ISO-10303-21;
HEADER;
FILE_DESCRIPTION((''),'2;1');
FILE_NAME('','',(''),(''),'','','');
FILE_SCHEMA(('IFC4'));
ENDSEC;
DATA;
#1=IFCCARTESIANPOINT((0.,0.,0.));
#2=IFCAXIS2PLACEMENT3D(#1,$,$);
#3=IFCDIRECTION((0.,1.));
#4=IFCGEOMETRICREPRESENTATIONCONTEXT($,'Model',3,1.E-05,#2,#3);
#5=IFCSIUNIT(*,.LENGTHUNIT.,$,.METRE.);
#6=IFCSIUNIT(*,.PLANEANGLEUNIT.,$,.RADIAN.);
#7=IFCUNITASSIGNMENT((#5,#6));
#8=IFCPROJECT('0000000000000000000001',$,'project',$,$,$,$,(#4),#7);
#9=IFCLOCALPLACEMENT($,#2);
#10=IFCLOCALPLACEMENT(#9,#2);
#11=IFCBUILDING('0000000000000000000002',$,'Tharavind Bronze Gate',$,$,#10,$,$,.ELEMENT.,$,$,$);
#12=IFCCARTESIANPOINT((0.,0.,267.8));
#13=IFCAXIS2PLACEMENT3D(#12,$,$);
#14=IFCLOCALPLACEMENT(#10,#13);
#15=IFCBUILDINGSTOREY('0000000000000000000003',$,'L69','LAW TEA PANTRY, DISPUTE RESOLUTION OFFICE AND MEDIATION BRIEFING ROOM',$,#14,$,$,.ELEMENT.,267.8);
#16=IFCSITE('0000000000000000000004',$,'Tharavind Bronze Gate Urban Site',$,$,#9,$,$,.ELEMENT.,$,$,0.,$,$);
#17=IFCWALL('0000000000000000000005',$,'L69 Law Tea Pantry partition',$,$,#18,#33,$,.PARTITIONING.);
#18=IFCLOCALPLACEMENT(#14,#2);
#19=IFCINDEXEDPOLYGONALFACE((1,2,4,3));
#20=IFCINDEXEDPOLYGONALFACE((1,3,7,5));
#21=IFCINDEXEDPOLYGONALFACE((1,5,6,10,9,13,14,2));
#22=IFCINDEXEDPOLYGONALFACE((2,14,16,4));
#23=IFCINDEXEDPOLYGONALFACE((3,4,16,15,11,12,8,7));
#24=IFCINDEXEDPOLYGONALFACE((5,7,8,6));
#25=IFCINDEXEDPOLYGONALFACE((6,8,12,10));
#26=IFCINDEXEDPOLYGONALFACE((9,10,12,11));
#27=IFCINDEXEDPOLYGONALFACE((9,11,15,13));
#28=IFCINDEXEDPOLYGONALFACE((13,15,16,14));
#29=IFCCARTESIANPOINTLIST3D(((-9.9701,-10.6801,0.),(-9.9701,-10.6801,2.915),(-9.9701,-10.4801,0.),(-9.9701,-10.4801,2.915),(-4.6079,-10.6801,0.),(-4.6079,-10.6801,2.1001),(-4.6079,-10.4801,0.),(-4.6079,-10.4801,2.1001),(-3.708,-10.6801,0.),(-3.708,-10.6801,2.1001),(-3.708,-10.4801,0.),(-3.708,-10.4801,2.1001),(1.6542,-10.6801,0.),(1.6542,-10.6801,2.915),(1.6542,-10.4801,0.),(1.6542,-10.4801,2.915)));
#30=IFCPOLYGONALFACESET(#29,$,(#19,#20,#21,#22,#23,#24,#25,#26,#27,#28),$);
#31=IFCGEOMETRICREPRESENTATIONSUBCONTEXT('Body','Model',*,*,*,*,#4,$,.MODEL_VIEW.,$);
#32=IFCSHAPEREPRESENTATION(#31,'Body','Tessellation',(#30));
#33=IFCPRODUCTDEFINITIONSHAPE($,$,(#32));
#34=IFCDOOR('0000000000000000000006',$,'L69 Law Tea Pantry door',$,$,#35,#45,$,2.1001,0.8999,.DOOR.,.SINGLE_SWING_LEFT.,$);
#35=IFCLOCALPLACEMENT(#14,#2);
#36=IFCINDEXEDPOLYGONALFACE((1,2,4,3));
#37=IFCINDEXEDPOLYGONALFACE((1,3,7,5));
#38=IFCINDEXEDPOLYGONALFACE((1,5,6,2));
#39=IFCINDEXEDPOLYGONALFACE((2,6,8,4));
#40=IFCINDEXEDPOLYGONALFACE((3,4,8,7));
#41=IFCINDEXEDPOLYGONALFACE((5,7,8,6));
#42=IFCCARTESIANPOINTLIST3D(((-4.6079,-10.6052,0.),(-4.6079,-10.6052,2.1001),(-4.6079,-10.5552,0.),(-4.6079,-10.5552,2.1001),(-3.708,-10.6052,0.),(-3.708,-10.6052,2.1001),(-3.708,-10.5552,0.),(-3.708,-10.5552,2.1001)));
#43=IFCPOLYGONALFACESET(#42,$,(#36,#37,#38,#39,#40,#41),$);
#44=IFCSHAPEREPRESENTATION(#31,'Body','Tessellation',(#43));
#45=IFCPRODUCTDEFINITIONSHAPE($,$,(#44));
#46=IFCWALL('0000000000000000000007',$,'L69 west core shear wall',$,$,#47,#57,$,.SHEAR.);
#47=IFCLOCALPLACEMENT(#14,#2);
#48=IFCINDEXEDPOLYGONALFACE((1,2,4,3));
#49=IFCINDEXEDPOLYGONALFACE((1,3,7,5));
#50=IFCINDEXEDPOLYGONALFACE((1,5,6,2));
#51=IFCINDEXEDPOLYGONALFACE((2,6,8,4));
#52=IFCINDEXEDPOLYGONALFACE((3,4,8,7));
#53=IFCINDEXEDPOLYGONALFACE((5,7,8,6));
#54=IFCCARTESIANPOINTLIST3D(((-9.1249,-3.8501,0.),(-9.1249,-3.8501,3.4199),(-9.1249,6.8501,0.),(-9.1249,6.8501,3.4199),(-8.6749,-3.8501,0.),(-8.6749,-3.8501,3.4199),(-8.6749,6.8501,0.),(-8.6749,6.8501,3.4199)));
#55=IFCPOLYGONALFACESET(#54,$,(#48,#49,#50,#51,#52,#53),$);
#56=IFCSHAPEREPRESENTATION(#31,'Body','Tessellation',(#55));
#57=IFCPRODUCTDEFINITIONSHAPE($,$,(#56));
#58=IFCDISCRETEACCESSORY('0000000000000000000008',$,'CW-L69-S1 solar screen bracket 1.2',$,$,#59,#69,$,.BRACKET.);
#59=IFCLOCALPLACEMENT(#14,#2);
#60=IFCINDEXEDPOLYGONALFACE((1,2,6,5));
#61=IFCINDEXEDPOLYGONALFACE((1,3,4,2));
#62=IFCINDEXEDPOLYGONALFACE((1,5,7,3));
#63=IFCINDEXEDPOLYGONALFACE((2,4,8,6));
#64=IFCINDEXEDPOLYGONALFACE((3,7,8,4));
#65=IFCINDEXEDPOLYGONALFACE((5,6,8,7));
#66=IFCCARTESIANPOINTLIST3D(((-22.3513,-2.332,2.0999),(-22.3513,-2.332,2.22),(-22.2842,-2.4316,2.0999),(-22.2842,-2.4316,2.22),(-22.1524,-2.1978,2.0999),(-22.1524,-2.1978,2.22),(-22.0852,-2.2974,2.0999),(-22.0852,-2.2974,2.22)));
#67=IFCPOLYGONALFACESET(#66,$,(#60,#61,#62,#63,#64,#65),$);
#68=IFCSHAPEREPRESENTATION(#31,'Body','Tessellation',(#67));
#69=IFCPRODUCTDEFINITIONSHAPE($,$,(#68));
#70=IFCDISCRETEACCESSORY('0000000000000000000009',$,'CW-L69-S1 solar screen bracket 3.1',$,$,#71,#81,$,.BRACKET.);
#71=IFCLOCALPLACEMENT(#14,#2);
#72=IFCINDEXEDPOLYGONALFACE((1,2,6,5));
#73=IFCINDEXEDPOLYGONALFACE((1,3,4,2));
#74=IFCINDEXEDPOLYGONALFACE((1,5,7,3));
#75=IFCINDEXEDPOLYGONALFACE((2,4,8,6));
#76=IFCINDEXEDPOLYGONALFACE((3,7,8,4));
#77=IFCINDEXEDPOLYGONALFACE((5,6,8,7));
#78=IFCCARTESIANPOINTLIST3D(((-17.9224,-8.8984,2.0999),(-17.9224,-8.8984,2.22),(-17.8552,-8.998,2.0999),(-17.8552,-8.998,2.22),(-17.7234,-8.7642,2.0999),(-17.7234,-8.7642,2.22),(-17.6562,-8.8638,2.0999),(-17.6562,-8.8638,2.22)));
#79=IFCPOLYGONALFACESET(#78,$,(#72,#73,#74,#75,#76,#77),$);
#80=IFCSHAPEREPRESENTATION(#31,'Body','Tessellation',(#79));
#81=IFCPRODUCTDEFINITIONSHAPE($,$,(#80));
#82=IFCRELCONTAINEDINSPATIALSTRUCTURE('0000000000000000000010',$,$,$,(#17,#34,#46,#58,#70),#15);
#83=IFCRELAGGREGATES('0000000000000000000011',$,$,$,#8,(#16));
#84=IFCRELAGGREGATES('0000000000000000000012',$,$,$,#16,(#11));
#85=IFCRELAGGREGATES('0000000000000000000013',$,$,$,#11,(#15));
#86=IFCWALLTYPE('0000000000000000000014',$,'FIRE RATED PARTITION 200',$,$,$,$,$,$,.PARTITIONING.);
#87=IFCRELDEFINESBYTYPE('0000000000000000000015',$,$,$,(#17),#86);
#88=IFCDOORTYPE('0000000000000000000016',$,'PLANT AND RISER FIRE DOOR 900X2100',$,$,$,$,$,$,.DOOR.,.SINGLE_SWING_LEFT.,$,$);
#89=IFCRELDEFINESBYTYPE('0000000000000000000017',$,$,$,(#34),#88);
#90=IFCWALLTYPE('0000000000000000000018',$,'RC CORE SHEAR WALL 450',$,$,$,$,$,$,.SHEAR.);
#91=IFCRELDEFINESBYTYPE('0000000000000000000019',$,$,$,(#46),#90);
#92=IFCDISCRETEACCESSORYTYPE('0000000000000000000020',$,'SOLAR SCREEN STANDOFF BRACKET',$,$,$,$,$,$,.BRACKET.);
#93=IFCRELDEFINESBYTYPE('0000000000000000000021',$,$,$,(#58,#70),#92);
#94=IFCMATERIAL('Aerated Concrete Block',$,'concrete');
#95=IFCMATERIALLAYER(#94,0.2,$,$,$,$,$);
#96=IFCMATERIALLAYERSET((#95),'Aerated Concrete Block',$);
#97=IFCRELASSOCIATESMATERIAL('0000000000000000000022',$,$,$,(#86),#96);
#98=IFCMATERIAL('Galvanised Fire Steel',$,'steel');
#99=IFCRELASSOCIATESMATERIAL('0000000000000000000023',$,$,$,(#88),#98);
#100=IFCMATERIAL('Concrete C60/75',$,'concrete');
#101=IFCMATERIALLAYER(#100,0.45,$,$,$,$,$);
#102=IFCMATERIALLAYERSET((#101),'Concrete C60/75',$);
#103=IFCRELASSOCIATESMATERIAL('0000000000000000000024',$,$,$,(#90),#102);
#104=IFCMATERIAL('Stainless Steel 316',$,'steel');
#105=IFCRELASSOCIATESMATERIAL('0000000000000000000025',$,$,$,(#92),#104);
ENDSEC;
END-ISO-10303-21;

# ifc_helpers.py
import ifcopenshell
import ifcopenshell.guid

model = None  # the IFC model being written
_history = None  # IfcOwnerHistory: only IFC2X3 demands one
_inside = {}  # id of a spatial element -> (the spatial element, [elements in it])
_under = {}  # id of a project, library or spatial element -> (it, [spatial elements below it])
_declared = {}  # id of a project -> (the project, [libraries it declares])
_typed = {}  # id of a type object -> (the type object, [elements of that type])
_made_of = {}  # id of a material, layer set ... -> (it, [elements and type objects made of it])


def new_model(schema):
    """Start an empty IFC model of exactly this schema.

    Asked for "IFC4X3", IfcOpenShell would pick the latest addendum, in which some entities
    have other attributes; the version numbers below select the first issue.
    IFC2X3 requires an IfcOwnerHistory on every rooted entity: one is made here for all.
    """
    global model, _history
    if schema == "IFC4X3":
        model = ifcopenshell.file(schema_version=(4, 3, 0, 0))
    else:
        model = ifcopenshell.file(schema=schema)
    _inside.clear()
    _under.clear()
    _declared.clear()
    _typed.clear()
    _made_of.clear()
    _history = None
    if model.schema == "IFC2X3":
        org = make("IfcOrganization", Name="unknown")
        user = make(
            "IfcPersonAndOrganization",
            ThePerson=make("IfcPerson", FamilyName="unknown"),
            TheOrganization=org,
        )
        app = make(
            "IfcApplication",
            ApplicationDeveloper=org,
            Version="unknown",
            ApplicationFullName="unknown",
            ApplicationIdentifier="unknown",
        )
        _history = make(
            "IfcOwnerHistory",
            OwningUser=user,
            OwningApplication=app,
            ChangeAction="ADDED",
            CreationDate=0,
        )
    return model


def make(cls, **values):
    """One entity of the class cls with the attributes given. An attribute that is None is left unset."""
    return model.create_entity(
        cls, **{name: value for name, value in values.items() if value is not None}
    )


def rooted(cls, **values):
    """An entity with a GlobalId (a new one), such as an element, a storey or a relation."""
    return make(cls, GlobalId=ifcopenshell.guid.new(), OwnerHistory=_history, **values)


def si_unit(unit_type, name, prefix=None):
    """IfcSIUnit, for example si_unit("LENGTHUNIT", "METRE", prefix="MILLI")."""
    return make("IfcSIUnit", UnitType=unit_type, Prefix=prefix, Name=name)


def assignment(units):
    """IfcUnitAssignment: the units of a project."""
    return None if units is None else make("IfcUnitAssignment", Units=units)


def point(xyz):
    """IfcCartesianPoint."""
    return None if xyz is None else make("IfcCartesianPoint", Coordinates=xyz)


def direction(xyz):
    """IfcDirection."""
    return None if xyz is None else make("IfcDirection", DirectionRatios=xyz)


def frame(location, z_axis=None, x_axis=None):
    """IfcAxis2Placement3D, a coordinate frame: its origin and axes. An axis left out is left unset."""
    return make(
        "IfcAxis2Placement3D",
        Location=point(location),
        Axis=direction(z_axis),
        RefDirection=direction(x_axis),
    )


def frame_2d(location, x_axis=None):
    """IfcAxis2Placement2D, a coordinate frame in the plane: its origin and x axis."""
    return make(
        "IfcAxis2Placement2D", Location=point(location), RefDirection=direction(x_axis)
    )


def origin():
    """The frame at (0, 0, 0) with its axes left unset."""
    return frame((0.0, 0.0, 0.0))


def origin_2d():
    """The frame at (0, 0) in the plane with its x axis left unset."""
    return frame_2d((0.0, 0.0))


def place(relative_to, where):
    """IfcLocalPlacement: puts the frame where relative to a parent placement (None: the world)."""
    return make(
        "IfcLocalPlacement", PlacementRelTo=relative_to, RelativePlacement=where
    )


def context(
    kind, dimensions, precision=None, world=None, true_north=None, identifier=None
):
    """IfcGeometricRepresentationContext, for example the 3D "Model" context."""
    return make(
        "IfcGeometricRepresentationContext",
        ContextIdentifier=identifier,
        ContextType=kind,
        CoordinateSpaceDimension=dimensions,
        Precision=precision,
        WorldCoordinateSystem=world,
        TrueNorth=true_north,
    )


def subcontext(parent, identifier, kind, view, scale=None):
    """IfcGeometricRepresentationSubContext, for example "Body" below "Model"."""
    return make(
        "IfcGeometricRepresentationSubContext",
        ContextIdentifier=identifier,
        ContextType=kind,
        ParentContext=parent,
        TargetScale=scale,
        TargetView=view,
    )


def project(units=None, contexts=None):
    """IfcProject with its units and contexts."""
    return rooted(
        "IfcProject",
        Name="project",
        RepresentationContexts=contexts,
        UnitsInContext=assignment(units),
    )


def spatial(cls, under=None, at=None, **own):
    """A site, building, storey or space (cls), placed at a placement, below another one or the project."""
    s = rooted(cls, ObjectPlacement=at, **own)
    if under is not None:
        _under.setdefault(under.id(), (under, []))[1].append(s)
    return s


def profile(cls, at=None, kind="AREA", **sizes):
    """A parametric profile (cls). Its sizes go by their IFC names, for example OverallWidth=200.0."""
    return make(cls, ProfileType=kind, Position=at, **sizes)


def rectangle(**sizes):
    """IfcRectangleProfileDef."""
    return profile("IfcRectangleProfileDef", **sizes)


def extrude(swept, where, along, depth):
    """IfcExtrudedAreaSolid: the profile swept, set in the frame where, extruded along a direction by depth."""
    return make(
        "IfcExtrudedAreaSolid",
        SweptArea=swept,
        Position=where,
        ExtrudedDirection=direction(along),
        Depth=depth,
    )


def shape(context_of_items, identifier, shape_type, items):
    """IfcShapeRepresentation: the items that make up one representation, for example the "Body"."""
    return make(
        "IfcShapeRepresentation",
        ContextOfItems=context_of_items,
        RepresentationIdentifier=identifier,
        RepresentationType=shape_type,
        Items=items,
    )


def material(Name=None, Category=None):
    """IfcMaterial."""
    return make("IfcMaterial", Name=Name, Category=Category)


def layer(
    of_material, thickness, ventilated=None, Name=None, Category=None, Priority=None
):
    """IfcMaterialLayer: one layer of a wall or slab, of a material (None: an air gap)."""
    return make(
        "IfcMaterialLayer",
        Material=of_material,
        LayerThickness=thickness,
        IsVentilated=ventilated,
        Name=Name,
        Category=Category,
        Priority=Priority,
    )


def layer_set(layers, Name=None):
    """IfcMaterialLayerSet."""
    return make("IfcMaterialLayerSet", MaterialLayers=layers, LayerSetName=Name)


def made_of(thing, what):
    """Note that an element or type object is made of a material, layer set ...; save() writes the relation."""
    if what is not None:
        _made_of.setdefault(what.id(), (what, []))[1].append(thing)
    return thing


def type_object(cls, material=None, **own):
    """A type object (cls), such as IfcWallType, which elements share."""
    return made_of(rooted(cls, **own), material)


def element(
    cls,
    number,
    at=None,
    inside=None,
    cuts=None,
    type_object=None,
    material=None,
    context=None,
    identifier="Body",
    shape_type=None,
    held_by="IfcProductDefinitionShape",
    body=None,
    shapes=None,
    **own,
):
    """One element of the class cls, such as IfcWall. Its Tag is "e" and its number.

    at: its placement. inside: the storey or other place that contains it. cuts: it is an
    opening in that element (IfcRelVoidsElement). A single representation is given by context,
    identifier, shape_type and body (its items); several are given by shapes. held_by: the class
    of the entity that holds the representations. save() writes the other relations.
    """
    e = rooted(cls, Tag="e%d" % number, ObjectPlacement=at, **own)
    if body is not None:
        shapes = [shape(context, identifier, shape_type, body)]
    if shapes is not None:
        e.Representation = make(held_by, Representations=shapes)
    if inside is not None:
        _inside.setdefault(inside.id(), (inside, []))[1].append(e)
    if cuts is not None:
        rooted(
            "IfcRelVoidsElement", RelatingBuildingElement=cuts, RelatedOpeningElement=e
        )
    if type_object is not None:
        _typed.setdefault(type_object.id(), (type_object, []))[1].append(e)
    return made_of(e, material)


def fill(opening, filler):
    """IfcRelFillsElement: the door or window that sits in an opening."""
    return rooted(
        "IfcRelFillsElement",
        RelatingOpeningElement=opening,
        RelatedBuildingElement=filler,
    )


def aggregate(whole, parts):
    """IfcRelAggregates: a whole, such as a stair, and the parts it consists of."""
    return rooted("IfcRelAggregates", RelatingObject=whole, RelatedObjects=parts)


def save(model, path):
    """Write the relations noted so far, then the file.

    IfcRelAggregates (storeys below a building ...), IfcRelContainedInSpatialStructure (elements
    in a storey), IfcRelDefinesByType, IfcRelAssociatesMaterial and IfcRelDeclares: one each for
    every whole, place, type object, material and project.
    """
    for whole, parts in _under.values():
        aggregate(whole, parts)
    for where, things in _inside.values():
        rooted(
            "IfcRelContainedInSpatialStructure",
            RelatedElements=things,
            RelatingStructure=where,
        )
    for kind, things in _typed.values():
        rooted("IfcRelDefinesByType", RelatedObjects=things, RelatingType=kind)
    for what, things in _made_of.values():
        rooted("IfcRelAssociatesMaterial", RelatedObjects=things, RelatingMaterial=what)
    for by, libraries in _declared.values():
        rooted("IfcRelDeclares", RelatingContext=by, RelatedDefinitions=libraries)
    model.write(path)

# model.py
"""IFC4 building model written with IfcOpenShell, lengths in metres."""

from ifc_helpers import new_model, si_unit, direction, frame, frame_2d, origin, origin_2d, place, context, subcontext, project, spatial, rectangle, extrude, material, layer, layer_set, type_object, element, fill, save


model = new_model("IFC4")

# Units and contexts
model_context = context("Model", 3, precision=1e-05, world=origin(), true_north=direction((0.0, 1.0)))
body_context = subcontext(model_context, "Body", "Model", "MODEL_VIEW")
ifc_project = project(units=[si_unit("LENGTHUNIT", "METRE"), si_unit("PLANEANGLEUNIT", "RADIAN")], contexts=[model_context])

# Site, building, storey
site_placement = place(None, origin())
site = spatial("IfcSite", under=ifc_project, at=site_placement, Name="Tharavind Bronze Gate Urban Site", CompositionType="ELEMENT", RefElevation=0.0)
building_placement = place(site_placement, origin())
building = spatial("IfcBuilding", under=site, at=building_placement, Name="Tharavind Bronze Gate", CompositionType="ELEMENT")
storey_placement = place(building_placement, frame((0.0, 0.0, 267.8)))
storey = spatial("IfcBuildingStorey", under=building, at=storey_placement, Name="L69", Description="LAW TEA PANTRY, DISPUTE RESOLUTION OFFICE AND MEDIATION BRIEFING ROOM", CompositionType="ELEMENT", Elevation=267.8)

# Shared definitions
ifc_material_1 = material(Name="Aerated Concrete Block", Category="concrete")
ifc_layer_1 = layer(ifc_material_1, 0.2)
ifc_layer_set_1 = layer_set([ifc_layer_1], Name="Aerated Concrete Block")
wall_type_1 = type_object("IfcWallType", Name="FIRE RATED PARTITION 200", PredefinedType="PARTITIONING", material=ifc_layer_set_1)
ifc_material_2 = material(Name="Galvanised Fire Steel", Category="steel")
door_type = type_object("IfcDoorType", Name="PLANT AND RISER FIRE DOOR 900X2100", OperationType="SINGLE_SWING_LEFT", PredefinedType="DOOR", material=ifc_material_2)

# Wall, opening, door
wall_1_placement = place(storey_placement, frame((-9.97, -10.5801, 0.0), z_axis=(0.0, 0.0, 1.0), x_axis=(1.0, 0.0, 0.0)))
wall_1 = element("IfcWall", 1, at=wall_1_placement, inside=storey, type_object=wall_type_1, Name="L69 Law Tea Pantry partition", PredefinedType="PARTITIONING", context=body_context, shape_type="SweptSolid", body=[
    extrude(rectangle(XDim=11.6243, YDim=0.2, at=frame_2d((5.812, 0.0))), origin(), (0.0, 0.0, 1.0), 2.915),
])
opening_1_placement = place(wall_1_placement, frame((5.3621, 0.0, 0.0)))
opening_1 = element("IfcOpeningElement", 2, at=opening_1_placement, cuts=wall_1, PredefinedType="OPENING", context=body_context, shape_type="SweptSolid", body=[
    extrude(rectangle(XDim=0.8999, YDim=2.1001, at=frame_2d((0.45, 1.05))), frame((0.0, 0.1101, 0.0), z_axis=(0.0, -1.0, 0.0), x_axis=(1.0, 0.0, 0.0)), (0.0, 0.0, 1.0), 0.22),
])
door_1_placement = place(opening_1_placement, origin())
door_1 = element("IfcDoor", 3, at=door_1_placement, inside=storey, type_object=door_type, Name="L69 Law Tea Pantry door", OperationType="SINGLE_SWING_LEFT", OverallHeight=2.1001, OverallWidth=0.8999, PredefinedType="DOOR", context=body_context, shape_type="SweptSolid", body=[
    extrude(rectangle(XDim=0.8999, YDim=2.1001, at=frame_2d((0.45, 1.05))), frame((0.0, 0.0249, 0.0), z_axis=(0.0, -1.0, 0.0), x_axis=(1.0, 0.0, 0.0)), (0.0, 0.0, 1.0), 0.05),
])
fill(opening_1, door_1)

# Wall
ifc_material_3 = material(Name="Concrete C60/75", Category="concrete")
ifc_layer_2 = layer(ifc_material_3, 0.45)
ifc_layer_set_2 = layer_set([ifc_layer_2], Name="Concrete C60/75")
wall_type_2 = type_object("IfcWallType", Name="RC CORE SHEAR WALL 450", PredefinedType="SHEAR", material=ifc_layer_set_2)
wall_2_placement = place(storey_placement, frame((-8.8999, -3.8501, 0.0), z_axis=(0.0, 0.0, 1.0), x_axis=(0.0, 1.0, 0.0)))
element("IfcWall", 4, at=wall_2_placement, inside=storey, type_object=wall_type_2, Name="L69 west core shear wall", PredefinedType="SHEAR", context=body_context, shape_type="SweptSolid", body=[
    extrude(rectangle(XDim=10.7002, YDim=0.45, at=frame_2d((5.3501, 0.0))), origin(), (0.0, 0.0, 1.0), 3.4199),
])

# Discrete accessories
ifc_material_4 = material(Name="Stainless Steel 316", Category="steel")
discrete_accessory_type = type_object("IfcDiscreteAccessoryType", Name="SOLAR SCREEN STANDOFF BRACKET", PredefinedType="BRACKET", material=ifc_material_4)
for number, where, z_axis, x_axis, name in (
    (5, (-22.2183, -2.3147, 2.0999), (0.0, 0.0, 1.0), (0.559191, -0.829039, 0.0), "CW-L69-S1 solar screen bracket 1.2"),
    (6, (-17.7893, -8.8811, 2.0999), (0.0, 0.0, 1.0), (0.559191, -0.829039, 0.0), "CW-L69-S1 solar screen bracket 3.1"),
):
    element("IfcDiscreteAccessory", number, at=place(storey_placement, frame(where, z_axis=z_axis, x_axis=x_axis)), inside=storey, type_object=discrete_accessory_type, Name=name, PredefinedType="BRACKET", context=body_context, shape_type="SweptSolid", body=[
        extrude(rectangle(XDim=0.1201, YDim=0.24, at=origin_2d()), origin(), (0.0, 0.0, 1.0), 0.1201),
    ])

save(model, "model.ifc")
